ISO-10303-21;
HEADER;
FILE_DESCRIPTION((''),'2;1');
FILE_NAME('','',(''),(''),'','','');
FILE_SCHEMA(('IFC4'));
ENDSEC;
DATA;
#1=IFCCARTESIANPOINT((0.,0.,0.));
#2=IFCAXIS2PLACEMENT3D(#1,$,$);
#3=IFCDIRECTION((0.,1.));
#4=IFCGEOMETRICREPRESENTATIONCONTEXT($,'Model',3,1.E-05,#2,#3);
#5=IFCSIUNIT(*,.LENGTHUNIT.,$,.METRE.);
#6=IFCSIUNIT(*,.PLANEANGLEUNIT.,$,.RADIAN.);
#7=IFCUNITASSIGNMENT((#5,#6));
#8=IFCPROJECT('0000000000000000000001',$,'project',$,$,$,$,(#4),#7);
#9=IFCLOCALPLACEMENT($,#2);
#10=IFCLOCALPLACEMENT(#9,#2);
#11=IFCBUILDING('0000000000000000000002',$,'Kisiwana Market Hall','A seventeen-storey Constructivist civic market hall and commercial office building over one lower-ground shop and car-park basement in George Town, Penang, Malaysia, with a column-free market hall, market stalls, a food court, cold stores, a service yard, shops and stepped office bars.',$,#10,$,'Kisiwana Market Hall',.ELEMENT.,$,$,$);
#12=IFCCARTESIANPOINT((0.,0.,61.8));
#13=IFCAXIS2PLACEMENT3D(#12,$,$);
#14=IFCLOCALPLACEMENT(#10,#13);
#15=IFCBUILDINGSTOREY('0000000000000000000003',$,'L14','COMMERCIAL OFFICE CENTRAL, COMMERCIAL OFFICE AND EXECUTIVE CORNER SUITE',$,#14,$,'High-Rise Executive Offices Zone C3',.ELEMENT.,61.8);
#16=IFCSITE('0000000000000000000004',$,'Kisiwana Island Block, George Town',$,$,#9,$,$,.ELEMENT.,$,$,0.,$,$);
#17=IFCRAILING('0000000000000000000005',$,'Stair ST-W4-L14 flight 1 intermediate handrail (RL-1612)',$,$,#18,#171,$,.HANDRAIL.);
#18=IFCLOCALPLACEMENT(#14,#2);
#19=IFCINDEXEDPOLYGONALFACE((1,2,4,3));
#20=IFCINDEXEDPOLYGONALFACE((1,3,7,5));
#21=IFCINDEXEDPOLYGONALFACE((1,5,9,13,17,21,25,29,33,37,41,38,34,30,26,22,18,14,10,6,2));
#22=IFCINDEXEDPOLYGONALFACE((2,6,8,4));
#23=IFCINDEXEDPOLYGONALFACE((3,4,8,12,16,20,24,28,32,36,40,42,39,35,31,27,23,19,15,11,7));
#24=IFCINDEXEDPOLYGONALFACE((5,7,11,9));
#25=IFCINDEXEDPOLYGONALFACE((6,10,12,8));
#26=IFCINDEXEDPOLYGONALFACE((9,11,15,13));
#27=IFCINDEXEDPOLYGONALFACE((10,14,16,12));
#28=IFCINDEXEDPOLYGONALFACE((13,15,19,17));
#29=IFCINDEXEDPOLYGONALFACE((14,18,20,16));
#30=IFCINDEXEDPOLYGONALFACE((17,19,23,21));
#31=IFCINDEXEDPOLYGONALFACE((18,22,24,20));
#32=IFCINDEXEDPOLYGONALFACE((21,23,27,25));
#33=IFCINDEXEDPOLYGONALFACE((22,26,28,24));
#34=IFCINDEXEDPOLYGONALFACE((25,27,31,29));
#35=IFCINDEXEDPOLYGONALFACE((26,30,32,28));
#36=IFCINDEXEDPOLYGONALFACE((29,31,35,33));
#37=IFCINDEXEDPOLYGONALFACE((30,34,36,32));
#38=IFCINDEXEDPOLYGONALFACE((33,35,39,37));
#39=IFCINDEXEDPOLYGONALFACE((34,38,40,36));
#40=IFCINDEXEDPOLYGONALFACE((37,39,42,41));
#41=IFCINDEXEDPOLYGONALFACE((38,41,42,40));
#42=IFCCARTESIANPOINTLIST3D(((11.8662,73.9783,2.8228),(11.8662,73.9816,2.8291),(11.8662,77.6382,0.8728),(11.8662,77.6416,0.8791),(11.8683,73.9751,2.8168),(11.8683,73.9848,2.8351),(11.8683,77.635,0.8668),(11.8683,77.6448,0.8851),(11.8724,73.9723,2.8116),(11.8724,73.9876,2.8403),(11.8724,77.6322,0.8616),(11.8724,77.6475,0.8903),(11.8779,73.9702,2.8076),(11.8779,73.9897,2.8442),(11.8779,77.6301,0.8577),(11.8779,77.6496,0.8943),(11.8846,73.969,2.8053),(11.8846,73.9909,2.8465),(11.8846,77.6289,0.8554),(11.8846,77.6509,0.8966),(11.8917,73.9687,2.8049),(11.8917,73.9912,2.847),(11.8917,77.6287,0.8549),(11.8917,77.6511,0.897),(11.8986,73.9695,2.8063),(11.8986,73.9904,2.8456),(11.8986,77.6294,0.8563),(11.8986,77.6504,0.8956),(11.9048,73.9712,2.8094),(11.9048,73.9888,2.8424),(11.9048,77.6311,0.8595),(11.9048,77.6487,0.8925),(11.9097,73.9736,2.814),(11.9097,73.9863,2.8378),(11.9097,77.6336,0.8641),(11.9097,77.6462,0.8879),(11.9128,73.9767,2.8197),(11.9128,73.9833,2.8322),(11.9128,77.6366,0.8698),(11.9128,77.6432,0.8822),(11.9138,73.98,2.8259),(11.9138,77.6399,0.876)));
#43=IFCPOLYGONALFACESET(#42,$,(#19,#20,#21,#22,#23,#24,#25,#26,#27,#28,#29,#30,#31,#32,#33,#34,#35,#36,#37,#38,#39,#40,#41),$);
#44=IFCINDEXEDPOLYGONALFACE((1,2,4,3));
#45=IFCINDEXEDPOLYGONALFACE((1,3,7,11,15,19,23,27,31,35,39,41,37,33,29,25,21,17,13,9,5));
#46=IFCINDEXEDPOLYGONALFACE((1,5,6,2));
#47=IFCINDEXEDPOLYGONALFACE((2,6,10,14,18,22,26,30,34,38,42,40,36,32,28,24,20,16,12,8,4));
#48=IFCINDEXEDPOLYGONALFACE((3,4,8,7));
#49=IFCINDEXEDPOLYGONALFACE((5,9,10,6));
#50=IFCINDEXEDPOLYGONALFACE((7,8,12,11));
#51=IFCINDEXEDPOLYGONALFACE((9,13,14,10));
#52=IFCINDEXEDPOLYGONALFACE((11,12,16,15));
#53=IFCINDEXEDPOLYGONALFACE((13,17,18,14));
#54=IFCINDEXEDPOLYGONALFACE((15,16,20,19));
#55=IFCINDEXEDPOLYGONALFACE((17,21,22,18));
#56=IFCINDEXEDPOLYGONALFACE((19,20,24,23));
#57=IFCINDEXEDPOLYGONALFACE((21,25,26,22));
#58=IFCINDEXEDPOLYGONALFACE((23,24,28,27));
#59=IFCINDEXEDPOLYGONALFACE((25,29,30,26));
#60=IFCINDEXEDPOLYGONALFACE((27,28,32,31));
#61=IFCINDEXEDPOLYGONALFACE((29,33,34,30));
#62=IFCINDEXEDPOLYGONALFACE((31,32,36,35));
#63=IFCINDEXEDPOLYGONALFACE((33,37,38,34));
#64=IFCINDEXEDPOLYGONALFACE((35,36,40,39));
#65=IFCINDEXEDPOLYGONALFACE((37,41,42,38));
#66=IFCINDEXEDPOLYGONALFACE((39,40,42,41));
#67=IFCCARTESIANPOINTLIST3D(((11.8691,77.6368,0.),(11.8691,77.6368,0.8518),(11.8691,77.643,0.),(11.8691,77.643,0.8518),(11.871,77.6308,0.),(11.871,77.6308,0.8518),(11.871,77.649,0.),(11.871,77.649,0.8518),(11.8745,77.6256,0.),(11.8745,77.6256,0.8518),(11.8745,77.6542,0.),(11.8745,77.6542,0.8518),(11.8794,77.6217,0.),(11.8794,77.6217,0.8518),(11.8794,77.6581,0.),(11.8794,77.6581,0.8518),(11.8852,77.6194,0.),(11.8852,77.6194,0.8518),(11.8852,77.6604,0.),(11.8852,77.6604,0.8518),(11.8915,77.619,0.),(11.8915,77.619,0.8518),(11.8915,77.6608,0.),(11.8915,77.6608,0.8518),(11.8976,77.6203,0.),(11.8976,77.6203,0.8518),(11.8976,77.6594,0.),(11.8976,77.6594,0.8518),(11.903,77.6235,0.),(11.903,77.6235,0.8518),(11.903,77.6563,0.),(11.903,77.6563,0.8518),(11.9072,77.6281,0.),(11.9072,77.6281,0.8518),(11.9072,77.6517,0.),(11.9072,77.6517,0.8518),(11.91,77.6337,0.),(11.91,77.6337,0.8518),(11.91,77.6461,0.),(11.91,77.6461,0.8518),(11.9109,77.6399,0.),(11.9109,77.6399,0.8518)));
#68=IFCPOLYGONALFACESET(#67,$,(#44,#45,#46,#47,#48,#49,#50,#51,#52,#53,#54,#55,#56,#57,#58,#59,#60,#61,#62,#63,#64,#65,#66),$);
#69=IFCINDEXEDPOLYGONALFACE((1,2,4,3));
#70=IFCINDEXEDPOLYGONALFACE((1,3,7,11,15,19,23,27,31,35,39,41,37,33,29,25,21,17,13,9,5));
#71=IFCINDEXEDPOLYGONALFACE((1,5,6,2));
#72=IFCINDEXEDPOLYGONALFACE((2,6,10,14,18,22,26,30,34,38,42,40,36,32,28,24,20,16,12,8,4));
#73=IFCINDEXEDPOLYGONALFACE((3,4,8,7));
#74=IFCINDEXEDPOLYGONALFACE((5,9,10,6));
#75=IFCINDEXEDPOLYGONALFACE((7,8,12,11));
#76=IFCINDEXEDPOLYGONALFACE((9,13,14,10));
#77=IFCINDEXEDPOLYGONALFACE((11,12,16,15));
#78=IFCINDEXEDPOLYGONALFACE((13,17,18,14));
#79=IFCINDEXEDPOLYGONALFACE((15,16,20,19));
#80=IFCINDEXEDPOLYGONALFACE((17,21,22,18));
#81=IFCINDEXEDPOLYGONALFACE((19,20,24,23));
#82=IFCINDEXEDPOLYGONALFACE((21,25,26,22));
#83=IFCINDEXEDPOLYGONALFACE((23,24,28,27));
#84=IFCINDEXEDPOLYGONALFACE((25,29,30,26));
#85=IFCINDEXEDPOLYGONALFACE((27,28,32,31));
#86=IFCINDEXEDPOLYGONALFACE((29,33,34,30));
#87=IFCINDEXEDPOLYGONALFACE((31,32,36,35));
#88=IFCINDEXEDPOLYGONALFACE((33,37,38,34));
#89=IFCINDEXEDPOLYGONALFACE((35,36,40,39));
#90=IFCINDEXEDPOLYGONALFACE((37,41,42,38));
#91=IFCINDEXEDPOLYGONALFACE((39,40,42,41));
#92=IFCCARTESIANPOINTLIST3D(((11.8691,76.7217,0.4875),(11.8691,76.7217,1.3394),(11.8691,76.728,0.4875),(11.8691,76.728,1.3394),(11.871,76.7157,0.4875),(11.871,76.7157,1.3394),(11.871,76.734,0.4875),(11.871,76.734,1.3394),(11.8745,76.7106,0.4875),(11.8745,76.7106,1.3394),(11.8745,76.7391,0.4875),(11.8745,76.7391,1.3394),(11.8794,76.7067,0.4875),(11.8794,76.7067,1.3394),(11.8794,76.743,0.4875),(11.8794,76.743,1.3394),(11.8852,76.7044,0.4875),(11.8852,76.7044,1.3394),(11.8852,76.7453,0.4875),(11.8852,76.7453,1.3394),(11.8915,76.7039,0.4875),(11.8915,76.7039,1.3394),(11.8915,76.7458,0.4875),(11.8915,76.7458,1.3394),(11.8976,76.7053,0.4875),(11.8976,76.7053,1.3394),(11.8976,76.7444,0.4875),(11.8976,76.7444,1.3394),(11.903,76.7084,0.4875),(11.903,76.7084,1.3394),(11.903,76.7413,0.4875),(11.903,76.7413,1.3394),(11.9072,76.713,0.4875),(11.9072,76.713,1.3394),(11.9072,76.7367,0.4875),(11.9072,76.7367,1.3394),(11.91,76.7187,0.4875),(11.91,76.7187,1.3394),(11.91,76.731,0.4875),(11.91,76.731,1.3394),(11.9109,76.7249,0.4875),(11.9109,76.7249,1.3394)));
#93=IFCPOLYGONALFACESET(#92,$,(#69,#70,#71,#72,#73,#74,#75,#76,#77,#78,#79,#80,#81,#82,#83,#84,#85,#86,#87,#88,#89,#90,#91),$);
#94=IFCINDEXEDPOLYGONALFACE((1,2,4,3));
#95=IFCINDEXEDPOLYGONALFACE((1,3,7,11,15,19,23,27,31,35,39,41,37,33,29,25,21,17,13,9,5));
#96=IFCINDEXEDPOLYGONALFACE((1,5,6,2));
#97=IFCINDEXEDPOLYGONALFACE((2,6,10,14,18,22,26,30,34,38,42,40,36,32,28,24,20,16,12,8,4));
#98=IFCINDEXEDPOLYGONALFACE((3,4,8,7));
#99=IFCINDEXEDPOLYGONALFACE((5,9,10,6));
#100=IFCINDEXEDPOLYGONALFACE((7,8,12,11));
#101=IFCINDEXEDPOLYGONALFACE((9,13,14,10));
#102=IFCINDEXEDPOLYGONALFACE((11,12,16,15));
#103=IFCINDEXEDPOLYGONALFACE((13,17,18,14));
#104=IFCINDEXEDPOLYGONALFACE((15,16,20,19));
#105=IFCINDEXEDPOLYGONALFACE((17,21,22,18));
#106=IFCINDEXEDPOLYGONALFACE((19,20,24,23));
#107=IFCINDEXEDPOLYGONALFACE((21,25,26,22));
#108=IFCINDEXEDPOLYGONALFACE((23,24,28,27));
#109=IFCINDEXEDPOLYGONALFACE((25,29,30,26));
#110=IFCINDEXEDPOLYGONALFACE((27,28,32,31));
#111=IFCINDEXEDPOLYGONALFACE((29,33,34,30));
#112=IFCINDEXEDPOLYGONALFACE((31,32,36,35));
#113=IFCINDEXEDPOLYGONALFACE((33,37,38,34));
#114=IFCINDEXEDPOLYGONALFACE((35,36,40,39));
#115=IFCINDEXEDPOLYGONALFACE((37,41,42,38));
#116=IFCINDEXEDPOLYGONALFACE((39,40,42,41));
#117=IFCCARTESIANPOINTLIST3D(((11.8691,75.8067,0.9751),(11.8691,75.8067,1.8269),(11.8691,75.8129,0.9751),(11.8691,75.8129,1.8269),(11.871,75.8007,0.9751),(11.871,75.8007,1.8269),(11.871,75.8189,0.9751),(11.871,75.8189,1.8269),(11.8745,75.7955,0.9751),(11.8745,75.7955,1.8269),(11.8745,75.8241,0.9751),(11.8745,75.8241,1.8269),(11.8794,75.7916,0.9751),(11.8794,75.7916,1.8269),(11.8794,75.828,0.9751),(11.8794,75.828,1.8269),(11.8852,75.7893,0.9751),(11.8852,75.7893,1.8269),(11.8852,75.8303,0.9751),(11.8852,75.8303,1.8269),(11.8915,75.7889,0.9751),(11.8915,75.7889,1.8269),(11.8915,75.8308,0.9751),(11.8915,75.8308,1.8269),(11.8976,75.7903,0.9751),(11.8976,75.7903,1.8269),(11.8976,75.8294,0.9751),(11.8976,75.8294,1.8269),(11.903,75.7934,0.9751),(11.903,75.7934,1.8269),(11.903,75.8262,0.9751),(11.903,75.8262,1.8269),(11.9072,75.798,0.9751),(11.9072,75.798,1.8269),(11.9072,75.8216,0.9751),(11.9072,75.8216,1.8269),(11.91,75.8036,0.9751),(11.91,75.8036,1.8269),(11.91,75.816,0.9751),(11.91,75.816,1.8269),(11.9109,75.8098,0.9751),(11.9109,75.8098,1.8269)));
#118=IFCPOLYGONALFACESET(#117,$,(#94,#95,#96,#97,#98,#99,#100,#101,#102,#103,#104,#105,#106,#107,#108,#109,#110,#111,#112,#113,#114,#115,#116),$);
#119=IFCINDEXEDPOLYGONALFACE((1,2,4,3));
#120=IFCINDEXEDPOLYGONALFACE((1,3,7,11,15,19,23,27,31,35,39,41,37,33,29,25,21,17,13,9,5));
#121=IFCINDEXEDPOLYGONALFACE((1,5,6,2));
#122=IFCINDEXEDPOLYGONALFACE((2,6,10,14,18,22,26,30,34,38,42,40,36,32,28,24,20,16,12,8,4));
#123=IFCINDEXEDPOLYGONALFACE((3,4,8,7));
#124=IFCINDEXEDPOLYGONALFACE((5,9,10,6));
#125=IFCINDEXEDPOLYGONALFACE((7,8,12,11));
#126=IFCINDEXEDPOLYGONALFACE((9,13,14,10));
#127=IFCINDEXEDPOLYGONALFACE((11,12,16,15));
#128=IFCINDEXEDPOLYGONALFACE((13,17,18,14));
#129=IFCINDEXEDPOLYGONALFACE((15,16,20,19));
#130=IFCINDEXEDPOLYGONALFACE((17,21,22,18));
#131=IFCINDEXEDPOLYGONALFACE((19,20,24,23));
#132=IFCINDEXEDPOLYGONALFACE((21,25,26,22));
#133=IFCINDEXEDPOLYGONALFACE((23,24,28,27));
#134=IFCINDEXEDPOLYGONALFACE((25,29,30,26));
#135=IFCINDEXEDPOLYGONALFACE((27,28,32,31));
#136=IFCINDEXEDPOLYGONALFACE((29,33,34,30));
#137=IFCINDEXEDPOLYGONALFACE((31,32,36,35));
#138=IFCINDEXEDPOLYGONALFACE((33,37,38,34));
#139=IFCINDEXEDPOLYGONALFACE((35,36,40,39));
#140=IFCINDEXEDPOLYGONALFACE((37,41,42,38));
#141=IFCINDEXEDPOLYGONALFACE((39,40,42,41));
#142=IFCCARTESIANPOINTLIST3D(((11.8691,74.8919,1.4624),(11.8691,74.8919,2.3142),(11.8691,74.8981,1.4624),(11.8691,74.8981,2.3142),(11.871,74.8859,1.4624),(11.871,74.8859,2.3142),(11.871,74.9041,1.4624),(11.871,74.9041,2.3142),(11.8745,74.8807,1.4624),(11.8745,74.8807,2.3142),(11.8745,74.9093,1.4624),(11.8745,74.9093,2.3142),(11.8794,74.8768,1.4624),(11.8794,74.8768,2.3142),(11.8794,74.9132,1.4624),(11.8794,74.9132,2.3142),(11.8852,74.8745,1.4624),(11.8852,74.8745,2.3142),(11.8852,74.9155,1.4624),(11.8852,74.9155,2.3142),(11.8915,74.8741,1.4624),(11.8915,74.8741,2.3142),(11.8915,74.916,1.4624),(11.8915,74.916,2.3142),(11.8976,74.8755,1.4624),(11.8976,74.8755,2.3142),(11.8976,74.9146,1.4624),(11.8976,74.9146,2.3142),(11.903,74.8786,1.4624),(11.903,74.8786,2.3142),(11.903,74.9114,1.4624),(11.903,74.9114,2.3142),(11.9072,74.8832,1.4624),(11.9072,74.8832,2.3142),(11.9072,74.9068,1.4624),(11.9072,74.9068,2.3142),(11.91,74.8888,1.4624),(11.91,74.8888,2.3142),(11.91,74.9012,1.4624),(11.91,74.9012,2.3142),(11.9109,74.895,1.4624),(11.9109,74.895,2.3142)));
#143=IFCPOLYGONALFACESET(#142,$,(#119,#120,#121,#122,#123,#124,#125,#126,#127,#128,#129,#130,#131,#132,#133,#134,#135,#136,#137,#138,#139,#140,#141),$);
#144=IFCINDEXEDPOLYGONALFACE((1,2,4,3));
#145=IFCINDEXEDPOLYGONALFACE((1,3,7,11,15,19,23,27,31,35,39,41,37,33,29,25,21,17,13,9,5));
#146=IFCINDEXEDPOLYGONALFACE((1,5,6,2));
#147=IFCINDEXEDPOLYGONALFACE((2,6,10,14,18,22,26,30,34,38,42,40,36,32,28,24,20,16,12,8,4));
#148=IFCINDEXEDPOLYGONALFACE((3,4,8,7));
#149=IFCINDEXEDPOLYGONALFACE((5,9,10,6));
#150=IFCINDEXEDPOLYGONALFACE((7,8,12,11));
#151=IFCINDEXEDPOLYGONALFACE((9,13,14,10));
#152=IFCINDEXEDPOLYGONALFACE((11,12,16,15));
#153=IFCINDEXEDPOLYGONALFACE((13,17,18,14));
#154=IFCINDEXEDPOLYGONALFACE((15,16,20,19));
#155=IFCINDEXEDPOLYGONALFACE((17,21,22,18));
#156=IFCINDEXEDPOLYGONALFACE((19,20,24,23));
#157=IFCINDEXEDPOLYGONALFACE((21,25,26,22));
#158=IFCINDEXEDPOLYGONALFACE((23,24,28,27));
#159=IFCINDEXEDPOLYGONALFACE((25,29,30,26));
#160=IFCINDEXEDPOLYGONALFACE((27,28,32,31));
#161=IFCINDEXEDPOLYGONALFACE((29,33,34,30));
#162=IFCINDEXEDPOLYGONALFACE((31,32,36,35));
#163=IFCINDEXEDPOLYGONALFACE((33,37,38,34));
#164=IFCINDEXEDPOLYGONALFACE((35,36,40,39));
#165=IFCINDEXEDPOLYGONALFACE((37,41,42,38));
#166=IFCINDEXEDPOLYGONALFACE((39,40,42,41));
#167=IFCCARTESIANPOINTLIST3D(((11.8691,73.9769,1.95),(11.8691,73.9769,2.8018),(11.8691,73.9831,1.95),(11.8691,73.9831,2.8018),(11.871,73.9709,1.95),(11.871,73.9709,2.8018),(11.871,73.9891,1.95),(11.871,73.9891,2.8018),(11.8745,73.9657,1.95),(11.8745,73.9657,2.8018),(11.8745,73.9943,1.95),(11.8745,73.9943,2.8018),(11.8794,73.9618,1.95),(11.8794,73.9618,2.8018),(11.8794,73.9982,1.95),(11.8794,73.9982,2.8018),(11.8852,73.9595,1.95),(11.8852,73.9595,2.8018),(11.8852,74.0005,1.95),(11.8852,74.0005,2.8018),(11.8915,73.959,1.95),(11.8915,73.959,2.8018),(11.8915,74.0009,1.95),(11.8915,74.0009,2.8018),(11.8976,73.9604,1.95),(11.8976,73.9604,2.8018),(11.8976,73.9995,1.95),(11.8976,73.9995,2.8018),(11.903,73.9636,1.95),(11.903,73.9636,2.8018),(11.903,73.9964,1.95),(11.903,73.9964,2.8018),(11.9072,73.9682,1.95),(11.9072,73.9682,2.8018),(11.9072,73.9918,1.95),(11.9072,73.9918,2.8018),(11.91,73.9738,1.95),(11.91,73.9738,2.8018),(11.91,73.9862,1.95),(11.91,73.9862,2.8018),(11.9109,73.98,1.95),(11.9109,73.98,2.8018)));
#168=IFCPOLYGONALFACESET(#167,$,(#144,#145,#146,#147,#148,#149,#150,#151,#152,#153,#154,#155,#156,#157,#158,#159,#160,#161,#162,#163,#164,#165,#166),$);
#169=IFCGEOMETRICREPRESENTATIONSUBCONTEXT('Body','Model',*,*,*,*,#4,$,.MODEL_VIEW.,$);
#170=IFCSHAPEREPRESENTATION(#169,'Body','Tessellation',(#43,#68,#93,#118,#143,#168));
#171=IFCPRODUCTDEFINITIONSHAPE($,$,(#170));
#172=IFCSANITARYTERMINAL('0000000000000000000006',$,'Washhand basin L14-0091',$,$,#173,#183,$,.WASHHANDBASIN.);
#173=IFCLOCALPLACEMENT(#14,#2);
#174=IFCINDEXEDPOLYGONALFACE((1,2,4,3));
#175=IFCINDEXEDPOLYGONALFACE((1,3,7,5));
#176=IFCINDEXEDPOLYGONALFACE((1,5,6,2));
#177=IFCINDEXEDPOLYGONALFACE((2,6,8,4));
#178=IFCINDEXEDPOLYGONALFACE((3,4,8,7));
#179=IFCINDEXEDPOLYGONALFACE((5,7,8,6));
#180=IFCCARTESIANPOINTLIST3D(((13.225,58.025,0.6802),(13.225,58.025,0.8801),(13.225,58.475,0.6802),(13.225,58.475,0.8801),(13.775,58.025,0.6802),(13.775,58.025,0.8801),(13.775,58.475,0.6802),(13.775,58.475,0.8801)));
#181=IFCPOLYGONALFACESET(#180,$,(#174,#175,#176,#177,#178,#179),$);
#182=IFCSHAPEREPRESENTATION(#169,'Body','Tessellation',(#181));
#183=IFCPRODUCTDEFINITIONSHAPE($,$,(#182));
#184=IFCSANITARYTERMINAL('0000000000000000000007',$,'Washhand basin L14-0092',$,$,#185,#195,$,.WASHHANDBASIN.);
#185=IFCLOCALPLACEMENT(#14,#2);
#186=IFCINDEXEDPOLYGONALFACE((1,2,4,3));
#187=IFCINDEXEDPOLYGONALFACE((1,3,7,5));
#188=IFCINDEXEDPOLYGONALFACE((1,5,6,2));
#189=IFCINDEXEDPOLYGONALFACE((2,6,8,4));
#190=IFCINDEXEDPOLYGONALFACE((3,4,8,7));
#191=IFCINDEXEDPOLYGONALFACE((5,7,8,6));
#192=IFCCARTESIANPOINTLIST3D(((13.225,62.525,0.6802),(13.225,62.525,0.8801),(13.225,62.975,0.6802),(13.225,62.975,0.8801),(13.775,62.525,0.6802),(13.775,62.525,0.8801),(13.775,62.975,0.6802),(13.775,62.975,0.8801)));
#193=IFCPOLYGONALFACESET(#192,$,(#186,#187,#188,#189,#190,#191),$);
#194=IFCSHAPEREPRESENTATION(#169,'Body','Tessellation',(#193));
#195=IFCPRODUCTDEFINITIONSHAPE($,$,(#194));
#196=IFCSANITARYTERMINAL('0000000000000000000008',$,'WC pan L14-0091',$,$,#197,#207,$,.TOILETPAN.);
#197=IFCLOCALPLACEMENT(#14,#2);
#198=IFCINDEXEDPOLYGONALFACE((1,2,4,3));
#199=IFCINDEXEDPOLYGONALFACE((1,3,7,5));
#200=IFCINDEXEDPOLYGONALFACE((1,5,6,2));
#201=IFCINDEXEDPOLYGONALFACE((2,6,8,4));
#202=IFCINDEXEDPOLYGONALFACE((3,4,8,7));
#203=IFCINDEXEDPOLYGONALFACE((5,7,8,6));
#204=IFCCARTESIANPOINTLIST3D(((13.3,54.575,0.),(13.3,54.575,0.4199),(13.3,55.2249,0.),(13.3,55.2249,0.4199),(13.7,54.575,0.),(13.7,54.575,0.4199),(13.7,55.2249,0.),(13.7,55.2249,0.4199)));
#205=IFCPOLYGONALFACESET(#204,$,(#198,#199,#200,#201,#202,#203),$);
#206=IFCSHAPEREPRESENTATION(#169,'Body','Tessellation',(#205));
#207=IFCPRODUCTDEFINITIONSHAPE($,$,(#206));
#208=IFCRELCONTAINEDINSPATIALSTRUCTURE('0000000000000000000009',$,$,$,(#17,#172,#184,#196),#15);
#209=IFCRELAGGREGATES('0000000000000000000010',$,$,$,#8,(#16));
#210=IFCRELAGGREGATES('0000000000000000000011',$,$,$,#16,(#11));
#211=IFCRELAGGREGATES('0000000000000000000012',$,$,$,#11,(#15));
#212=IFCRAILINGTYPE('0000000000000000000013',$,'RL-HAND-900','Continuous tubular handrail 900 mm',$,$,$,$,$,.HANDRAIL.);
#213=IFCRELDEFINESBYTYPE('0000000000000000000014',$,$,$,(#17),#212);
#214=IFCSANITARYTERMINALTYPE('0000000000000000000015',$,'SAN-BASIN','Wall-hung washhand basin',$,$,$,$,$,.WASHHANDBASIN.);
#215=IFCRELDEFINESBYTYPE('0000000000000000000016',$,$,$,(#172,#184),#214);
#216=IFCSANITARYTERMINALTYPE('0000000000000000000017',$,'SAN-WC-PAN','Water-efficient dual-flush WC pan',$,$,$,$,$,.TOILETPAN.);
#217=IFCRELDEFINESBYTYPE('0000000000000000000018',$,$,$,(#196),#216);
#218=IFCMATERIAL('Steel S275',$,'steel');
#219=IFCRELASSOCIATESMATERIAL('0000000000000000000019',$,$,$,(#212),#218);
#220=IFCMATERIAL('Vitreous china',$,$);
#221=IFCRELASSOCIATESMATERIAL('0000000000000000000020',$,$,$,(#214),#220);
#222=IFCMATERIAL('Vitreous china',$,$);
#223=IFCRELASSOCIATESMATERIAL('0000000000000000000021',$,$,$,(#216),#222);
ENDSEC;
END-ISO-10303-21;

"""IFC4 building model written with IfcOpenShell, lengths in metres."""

from ifc_helpers import new_model, si_unit, direction, frame, origin, origin_2d, place, context, subcontext, project, spatial, rectangle, circle, extrude, material, type_object, element, save


model = new_model("IFC4")

# Units and contexts
model_context = context("Model", 3, precision=1e-05, world=origin(), true_north=direction((0.0, 1.0)))
body_context = subcontext(model_context, "Body", "Model", "MODEL_VIEW")
ifc_project = project(units=[si_unit("LENGTHUNIT", "METRE"), si_unit("PLANEANGLEUNIT", "RADIAN")], contexts=[model_context])

# Site, building, storey
site_placement = place(None, origin())
site = spatial("IfcSite", under=ifc_project, at=site_placement, Name="Kisiwana Island Block, George Town", CompositionType="ELEMENT", RefElevation=0.0)
building_placement = place(site_placement, origin())
building = spatial("IfcBuilding", under=site, at=building_placement, Name="Kisiwana Market Hall", Description="A seventeen-storey Constructivist civic market hall and commercial office building over one lower-ground shop and car-park basement in George Town, Penang, Malaysia, with a column-free market hall, market stalls, a food court, cold stores, a service yard, shops and stepped office bars.", LongName="Kisiwana Market Hall", CompositionType="ELEMENT")
storey_placement = place(building_placement, frame((0.0, 0.0, 61.8)))
storey = spatial("IfcBuildingStorey", under=building, at=storey_placement, Name="L14", Description="COMMERCIAL OFFICE CENTRAL, COMMERCIAL OFFICE AND EXECUTIVE CORNER SUITE", LongName="High-Rise Executive Offices Zone C3", CompositionType="ELEMENT", Elevation=61.8)

# Railing
ifc_material_1 = material(Name="Steel S275", Category="steel")
railing_type_1 = type_object("IfcRailingType", Name="RL-HAND-900", Description="Continuous tubular handrail 900 mm", PredefinedType="HANDRAIL", material=ifc_material_1)
for number, where, name in (
    (1, (11.8899, 77.6399, 0.0), "Stair ST-W4-L14 flight 1 intermediate handrail (RL-1612)"),
):
    element("IfcRailing", number, at=place(storey_placement, frame(where)), inside=storey, type_object=railing_type_1, Name=name, PredefinedType="HANDRAIL", context=body_context, shape_type="SweptSolid", body=[
        extrude(circle(Radius=0.0239, at=origin_2d()), frame((0.0, 0.0, 0.876), z_axis=(0.0, -0.882553, 0.470212), x_axis=(1.0, 0.0, 0.0)), (0.0, 0.0, 1.0), 4.147),
        extrude(circle(Radius=0.021, at=origin_2d()), origin(), (0.0, 0.0, 1.0), 0.8518),
        extrude(circle(Radius=0.021, at=origin_2d()), frame((0.0, -0.915, 0.4875)), (0.0, 0.0, 1.0), 0.8518),
        extrude(circle(Radius=0.021, at=origin_2d()), frame((0.0, -1.8301, 0.9751)), (0.0, 0.0, 1.0), 0.8518),
        extrude(circle(Radius=0.021, at=origin_2d()), frame((0.0, -2.7449, 1.4624)), (0.0, 0.0, 1.0), 0.8518),
        extrude(circle(Radius=0.021, at=origin_2d()), frame((0.0, -3.6599, 1.95)), (0.0, 0.0, 1.0), 0.8518),
    ])

# Sanitary terminals
ifc_material_2 = material(Name="Vitreous china")
sanitary_terminal_type_1 = type_object("IfcSanitaryTerminalType", Name="SAN-BASIN", Description="Wall-hung washhand basin", PredefinedType="WASHHANDBASIN", material=ifc_material_2)
for number, where, z_axis, x_axis, name in (
    (2, (13.5, 58.25, 0.6802), (0.0, 0.0, 1.0), (1.0, 0.0, 0.0), "Washhand basin L14-0091"),
    (3, (13.5, 62.75, 0.6802), (0.0, 0.0, 1.0), (1.0, 0.0, 0.0), "Washhand basin L14-0092"),
):
    element("IfcSanitaryTerminal", number, at=place(storey_placement, frame(where, z_axis=z_axis, x_axis=x_axis)), inside=storey, type_object=sanitary_terminal_type_1, Name=name, PredefinedType="WASHHANDBASIN", context=body_context, shape_type="SweptSolid", body=[
        extrude(rectangle(XDim=0.55, YDim=0.45, at=origin_2d()), origin(), (0.0, 0.0, 1.0), 0.2),
    ])
ifc_material_3 = material(Name="Vitreous china")
sanitary_terminal_type_2 = type_object("IfcSanitaryTerminalType", Name="SAN-WC-PAN", Description="Water-efficient dual-flush WC pan", PredefinedType="TOILETPAN", material=ifc_material_3)
for number, where, z_axis, x_axis, name in (
    (4, (13.5, 54.8999, 0.0), (0.0, 0.0, 1.0), (1.0, 0.0, 0.0), "WC pan L14-0091"),
):
    element("IfcSanitaryTerminal", number, at=place(storey_placement, frame(where, z_axis=z_axis, x_axis=x_axis)), inside=storey, type_object=sanitary_terminal_type_2, Name=name, PredefinedType="TOILETPAN", context=body_context, shape_type="SweptSolid", body=[
        extrude(rectangle(XDim=0.3999, YDim=0.6499, at=origin_2d()), origin(), (0.0, 0.0, 1.0), 0.4199),
    ])

save(model, "model.ifc")
